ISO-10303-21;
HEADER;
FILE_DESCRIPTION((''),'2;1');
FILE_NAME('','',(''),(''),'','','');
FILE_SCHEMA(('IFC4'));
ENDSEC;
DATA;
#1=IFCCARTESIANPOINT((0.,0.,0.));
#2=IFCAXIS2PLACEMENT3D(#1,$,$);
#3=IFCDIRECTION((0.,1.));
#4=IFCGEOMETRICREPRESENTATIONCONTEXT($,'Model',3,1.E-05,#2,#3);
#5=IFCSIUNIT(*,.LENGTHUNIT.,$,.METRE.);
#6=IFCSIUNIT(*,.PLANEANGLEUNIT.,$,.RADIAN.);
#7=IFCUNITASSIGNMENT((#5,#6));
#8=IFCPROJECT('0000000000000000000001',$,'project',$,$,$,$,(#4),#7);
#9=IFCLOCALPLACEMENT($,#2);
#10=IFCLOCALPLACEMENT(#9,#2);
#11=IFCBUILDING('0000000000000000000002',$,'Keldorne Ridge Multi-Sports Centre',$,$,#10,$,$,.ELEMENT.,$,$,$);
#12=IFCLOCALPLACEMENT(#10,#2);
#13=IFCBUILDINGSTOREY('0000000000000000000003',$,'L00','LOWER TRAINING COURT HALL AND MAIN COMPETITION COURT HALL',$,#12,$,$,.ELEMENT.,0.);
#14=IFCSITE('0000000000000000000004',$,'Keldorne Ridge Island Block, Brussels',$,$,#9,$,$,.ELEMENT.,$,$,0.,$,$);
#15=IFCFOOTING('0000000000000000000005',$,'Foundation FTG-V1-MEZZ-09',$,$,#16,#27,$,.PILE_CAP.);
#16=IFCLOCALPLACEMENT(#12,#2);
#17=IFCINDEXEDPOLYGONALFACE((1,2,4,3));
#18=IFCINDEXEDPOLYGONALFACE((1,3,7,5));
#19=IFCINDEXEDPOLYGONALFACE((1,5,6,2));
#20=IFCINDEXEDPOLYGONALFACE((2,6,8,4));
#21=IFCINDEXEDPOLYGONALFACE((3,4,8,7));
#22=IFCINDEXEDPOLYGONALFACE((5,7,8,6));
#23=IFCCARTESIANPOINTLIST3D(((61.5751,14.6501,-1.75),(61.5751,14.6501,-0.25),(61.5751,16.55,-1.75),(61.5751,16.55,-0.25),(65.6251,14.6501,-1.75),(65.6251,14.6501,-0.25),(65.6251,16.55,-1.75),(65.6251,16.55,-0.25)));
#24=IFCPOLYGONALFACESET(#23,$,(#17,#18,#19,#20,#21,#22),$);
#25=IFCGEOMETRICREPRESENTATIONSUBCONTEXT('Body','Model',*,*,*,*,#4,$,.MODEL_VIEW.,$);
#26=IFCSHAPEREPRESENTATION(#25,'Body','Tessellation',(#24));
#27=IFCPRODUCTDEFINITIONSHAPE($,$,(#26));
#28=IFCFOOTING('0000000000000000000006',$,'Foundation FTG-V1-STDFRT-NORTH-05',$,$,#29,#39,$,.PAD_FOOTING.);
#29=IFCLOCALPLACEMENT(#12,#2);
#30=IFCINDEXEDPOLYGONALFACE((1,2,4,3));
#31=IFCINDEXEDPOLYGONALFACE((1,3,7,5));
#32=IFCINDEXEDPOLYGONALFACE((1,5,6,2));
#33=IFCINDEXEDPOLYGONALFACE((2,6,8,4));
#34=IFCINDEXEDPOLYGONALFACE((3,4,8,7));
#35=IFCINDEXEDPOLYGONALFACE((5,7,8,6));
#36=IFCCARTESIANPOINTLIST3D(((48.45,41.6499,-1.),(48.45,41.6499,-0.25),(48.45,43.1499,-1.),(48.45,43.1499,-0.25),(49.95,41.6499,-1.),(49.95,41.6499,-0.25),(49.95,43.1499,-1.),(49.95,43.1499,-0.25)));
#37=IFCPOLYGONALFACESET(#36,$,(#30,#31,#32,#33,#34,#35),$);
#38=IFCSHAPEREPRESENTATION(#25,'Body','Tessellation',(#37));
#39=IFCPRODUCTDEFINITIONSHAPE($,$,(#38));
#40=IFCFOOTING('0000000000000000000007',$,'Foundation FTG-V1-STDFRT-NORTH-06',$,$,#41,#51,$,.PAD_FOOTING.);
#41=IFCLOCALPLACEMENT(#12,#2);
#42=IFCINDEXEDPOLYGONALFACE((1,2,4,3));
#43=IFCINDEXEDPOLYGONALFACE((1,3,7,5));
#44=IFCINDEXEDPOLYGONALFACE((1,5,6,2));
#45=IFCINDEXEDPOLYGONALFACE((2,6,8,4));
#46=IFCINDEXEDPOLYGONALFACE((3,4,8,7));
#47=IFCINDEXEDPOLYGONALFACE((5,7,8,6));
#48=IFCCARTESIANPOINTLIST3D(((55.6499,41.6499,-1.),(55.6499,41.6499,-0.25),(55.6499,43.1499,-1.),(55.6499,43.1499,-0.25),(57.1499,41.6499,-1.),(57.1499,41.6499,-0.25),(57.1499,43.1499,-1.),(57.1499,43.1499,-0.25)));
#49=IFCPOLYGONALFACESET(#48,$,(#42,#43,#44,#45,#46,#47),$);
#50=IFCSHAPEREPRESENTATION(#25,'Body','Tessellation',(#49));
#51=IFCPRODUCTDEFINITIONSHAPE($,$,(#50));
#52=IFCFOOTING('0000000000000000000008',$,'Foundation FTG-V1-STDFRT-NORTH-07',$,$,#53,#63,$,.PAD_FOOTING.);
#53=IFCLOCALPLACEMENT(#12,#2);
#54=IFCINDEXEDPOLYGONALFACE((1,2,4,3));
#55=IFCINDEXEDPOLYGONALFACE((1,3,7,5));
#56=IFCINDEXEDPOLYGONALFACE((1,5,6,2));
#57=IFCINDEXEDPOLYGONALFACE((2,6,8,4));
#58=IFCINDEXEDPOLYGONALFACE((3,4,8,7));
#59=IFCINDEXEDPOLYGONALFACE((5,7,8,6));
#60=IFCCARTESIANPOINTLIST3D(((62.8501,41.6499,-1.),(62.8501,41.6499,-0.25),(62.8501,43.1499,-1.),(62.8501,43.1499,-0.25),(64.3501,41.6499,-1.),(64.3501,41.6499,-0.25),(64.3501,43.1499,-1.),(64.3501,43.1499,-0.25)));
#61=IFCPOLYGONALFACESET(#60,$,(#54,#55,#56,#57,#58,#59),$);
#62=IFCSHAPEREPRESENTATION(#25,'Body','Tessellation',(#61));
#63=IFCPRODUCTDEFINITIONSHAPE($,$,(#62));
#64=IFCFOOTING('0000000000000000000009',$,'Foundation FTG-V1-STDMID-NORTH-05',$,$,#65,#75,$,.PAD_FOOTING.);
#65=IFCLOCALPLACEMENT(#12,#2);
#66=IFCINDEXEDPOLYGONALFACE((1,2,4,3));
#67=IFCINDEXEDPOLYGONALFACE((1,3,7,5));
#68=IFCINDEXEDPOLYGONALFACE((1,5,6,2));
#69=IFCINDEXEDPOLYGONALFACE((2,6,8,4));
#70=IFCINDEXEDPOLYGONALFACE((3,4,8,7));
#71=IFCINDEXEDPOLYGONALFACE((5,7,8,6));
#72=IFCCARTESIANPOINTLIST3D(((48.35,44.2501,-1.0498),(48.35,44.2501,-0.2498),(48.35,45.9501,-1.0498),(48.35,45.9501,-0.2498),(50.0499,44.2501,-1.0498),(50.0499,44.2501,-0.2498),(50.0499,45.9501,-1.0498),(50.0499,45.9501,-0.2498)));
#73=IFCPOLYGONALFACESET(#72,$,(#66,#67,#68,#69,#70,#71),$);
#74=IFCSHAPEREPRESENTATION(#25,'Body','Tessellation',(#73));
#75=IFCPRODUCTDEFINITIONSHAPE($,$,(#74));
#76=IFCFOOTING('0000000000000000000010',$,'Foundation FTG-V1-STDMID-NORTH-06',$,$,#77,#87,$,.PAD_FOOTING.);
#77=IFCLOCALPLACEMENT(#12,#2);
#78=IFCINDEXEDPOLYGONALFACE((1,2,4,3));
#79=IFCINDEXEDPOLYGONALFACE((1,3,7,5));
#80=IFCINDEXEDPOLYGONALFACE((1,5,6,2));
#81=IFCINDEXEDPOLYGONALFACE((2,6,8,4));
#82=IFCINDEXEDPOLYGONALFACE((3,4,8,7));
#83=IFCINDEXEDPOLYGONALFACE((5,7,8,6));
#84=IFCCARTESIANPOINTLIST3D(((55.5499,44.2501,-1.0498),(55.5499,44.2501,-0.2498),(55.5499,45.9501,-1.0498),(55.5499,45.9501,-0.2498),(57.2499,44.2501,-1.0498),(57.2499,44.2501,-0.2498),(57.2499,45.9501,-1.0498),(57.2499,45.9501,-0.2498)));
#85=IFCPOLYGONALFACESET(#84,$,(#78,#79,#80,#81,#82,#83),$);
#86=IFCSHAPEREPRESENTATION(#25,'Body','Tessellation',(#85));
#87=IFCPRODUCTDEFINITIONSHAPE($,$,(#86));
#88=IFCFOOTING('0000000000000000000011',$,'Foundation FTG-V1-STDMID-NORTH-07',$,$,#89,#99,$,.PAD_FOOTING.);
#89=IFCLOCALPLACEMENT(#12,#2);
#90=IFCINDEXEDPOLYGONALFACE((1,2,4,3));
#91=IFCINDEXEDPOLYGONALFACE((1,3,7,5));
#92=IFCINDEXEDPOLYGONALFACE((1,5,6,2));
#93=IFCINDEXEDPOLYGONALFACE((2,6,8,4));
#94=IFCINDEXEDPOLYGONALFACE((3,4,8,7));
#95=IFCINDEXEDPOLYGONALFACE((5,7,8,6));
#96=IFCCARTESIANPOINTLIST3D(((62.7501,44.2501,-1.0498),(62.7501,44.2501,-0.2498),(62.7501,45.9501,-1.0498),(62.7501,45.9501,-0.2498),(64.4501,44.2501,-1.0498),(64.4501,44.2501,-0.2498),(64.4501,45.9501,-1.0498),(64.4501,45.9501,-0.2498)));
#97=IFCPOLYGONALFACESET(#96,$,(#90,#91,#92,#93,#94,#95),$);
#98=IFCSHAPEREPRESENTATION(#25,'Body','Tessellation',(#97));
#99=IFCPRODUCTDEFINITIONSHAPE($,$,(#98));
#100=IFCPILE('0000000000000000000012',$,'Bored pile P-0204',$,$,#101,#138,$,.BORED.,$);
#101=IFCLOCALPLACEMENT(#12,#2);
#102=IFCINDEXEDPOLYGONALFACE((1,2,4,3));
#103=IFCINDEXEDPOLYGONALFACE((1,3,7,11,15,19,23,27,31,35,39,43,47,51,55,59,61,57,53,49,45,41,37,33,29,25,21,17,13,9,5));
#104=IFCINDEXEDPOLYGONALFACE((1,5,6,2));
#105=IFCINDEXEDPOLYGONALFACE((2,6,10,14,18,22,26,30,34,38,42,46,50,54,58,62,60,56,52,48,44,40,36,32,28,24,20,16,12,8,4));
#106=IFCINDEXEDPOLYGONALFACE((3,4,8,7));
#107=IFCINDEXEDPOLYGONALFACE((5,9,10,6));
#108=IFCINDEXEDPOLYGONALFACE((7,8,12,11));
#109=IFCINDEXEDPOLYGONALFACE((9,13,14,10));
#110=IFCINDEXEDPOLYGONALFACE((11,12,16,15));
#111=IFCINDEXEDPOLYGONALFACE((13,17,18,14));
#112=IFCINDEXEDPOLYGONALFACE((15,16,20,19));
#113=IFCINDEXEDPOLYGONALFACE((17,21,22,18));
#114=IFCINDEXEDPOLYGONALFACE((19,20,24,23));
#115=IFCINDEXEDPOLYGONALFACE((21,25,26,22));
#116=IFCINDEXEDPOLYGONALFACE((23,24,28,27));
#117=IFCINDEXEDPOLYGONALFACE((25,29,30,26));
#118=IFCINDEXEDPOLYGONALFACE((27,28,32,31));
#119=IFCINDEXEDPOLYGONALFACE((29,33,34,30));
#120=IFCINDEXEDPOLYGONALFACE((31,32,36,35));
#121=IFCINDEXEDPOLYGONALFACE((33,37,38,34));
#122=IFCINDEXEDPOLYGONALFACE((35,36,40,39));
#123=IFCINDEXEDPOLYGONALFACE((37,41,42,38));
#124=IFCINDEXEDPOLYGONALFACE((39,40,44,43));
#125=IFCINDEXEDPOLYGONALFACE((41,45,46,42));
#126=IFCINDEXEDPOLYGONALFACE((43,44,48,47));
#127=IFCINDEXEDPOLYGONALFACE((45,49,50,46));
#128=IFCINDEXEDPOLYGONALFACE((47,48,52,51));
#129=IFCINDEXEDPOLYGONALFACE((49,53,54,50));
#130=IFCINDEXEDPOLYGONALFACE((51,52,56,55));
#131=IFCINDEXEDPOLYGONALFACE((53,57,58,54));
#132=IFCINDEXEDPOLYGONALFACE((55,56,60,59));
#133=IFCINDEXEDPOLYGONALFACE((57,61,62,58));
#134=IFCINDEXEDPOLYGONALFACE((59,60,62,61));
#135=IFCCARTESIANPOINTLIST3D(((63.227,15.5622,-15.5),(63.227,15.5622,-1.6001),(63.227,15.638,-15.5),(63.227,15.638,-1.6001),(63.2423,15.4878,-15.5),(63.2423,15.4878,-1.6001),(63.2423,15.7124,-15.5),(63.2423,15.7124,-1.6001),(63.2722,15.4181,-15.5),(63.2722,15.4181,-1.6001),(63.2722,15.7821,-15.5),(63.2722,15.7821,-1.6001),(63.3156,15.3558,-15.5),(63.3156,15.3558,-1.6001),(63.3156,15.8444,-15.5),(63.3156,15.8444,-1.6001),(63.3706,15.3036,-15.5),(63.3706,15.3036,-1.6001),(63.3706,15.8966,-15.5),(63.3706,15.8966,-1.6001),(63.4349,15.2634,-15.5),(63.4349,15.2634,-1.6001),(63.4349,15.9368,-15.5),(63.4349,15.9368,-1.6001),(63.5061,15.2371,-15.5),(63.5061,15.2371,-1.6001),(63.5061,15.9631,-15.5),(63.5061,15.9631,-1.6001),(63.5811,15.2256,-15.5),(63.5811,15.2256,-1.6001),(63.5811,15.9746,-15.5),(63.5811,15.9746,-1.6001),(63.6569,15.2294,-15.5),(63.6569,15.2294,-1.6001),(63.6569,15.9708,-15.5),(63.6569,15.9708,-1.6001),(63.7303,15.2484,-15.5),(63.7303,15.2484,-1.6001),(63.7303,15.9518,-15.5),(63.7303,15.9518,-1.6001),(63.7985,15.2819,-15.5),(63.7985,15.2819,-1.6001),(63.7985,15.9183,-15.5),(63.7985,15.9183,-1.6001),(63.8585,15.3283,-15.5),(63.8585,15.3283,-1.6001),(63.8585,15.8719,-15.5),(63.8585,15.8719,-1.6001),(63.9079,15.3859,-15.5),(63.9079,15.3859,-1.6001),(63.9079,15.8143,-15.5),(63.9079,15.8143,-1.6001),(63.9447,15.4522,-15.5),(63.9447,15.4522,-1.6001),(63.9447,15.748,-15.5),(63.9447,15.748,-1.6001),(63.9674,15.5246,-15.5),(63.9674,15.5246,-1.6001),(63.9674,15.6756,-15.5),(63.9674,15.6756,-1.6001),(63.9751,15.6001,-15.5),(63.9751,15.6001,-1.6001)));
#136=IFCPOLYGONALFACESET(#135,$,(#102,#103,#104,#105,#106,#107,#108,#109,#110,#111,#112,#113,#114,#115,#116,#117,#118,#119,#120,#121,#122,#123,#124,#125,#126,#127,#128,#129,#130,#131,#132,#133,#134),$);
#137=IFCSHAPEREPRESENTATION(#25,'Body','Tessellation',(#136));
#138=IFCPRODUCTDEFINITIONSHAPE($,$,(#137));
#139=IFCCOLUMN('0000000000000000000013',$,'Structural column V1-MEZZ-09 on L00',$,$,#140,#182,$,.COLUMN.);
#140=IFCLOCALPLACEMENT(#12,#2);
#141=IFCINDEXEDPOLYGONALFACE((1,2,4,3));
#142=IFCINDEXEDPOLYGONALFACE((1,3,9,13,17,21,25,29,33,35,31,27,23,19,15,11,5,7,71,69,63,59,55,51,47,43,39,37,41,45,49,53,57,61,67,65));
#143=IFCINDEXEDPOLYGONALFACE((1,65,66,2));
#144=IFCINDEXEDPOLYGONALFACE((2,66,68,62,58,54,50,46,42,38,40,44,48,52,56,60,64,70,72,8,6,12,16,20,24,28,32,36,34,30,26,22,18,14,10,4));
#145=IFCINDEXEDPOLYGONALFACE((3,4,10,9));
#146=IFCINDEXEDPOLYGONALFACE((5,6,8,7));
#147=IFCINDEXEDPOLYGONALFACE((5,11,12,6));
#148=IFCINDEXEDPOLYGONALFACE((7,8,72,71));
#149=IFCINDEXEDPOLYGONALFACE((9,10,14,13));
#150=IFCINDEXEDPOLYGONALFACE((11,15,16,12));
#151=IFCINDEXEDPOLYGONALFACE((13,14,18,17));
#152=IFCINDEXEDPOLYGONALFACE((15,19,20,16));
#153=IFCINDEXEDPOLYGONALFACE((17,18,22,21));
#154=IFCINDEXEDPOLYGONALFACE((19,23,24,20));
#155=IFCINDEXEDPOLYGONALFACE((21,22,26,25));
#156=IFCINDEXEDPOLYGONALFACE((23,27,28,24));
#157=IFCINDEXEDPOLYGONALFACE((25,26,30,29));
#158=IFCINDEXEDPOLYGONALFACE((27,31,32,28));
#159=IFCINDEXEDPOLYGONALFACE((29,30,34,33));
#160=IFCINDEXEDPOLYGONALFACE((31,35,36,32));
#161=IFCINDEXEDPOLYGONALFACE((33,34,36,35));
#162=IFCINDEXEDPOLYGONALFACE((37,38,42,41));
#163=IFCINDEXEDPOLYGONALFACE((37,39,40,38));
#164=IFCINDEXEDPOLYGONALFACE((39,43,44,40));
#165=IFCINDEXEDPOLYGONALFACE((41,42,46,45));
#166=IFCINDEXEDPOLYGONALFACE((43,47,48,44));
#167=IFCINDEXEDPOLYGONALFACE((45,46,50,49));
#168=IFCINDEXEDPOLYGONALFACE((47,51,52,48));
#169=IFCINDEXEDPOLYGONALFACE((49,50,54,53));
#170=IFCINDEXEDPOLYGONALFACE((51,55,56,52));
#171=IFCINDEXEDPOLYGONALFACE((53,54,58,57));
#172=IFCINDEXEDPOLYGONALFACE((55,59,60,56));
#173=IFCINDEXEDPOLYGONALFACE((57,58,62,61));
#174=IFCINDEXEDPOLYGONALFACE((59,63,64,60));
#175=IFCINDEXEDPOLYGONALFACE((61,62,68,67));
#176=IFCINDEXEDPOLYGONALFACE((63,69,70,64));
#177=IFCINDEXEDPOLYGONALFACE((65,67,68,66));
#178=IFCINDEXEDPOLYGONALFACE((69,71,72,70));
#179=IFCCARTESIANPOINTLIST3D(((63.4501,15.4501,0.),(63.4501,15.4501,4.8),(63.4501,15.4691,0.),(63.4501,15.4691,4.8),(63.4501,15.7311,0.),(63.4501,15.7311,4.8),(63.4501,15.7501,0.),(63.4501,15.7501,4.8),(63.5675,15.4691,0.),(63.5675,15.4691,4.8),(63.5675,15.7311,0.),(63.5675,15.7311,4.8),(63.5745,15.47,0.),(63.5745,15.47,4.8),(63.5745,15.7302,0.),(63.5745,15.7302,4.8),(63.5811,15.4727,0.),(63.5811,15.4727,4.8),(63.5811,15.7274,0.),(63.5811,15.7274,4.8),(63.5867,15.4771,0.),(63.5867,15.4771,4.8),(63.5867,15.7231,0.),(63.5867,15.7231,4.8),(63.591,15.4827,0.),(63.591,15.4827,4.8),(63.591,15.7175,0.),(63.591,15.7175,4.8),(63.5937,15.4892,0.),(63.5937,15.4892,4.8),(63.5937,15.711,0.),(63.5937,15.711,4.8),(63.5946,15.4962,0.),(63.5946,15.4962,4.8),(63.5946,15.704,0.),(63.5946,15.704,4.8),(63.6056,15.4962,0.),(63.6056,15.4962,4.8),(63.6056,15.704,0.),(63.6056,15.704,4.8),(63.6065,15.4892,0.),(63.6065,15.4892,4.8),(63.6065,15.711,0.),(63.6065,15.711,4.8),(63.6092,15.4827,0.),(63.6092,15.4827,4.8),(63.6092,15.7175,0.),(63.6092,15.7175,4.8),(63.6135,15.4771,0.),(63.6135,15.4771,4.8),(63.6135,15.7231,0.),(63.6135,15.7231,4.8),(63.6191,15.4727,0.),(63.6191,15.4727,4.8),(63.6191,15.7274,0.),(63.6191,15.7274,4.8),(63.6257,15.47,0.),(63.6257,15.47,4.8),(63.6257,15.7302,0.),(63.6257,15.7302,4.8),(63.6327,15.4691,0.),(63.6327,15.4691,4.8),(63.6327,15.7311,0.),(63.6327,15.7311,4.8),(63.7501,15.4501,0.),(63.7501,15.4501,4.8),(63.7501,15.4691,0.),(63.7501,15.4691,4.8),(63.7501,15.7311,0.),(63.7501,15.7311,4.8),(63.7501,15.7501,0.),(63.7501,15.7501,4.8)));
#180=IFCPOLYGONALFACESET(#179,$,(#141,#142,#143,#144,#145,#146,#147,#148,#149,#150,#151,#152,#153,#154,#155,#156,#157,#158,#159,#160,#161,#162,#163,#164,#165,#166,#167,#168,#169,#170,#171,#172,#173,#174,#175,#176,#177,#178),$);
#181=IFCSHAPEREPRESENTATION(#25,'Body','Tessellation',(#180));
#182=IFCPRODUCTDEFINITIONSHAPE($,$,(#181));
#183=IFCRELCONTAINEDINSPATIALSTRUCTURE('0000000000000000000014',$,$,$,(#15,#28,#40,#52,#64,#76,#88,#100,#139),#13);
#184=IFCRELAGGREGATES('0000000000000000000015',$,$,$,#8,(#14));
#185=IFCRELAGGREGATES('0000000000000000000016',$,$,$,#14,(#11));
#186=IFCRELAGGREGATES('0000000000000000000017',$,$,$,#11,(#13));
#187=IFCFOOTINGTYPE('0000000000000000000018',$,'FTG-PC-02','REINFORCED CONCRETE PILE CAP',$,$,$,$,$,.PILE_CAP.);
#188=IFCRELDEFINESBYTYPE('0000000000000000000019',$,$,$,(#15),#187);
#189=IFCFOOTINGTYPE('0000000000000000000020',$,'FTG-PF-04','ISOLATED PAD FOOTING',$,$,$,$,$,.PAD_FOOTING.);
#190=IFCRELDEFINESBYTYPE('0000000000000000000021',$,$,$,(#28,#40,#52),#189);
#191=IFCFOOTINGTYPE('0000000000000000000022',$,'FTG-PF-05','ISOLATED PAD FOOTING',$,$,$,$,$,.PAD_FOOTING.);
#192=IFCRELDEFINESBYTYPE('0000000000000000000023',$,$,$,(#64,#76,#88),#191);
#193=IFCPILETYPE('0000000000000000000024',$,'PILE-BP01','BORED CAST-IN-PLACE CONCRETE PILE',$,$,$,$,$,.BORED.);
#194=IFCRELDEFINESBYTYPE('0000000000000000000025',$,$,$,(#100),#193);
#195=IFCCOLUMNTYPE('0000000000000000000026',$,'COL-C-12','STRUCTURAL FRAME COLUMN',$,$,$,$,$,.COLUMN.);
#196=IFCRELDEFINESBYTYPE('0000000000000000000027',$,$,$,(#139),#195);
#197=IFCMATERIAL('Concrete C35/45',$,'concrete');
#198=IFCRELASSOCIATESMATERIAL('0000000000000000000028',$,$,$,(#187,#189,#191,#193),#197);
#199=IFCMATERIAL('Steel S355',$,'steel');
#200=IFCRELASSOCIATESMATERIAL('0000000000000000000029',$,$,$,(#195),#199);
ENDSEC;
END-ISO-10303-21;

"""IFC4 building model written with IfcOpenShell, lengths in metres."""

from ifc_helpers import new_model, si_unit, direction, frame, origin, origin_2d, place, context, subcontext, project, spatial, rectangle, circle, i_section, extrude, material, material_profile, profile_set, type_object, element, save


model = new_model("IFC4")

# Units and contexts
model_context = context("Model", 3, precision=1e-05, world=origin(), true_north=direction((0.0, 1.0)))
body_context = subcontext(model_context, "Body", "Model", "MODEL_VIEW")
ifc_project = project(units=[si_unit("LENGTHUNIT", "METRE"), si_unit("PLANEANGLEUNIT", "RADIAN")], contexts=[model_context])

# Site, building, storey
site_placement = place(None, origin())
site = spatial("IfcSite", under=ifc_project, at=site_placement, Name="Keldorne Ridge Island Block, Brussels", CompositionType="ELEMENT", RefElevation=0.0)
building_placement = place(site_placement, origin())
building = spatial("IfcBuilding", under=site, at=building_placement, Name="Keldorne Ridge Multi-Sports Centre", CompositionType="ELEMENT")
storey_placement = place(building_placement, origin())
storey = spatial("IfcBuildingStorey", under=building, at=storey_placement, Name="L00", Description="LOWER TRAINING COURT HALL AND MAIN COMPETITION COURT HALL", CompositionType="ELEMENT", Elevation=0.0)

# Footings
ifc_material_1 = material(Name="Concrete C35/45", Category="concrete")
footing_type_1 = type_object("IfcFootingType", Name="FTG-PC-02", Description="REINFORCED CONCRETE PILE CAP", PredefinedType="PILE_CAP", material=ifc_material_1)
footing_placement = place(storey_placement, frame((63.6001, 15.6001, -1.75), z_axis=(0.0, 0.0, 1.0), x_axis=(1.0, 0.0, 0.0)))
element("IfcFooting", 1, at=footing_placement, inside=storey, type_object=footing_type_1, Name="Foundation FTG-V1-MEZZ-09", PredefinedType="PILE_CAP", context=body_context, shape_type="SweptSolid", body=[
    extrude(rectangle(XDim=4.05, YDim=1.8999, at=origin_2d()), origin(), (0.0, 0.0, 1.0), 1.5),
])
footing_type_2 = type_object("IfcFootingType", Name="FTG-PF-04", Description="ISOLATED PAD FOOTING", PredefinedType="PAD_FOOTING", material=ifc_material_1)
for number, where, z_axis, x_axis, name in (
    (2, (49.2, 42.3999, -1.0), (0.0, 0.0, 1.0), (1.0, 0.0, 0.0), "Foundation FTG-V1-STDFRT-NORTH-05"),
    (3, (56.3999, 42.3999, -1.0), (0.0, 0.0, 1.0), (1.0, 0.0, 0.0), "Foundation FTG-V1-STDFRT-NORTH-06"),
    (4, (63.6001, 42.3999, -1.0), (0.0, 0.0, 1.0), (1.0, 0.0, 0.0), "Foundation FTG-V1-STDFRT-NORTH-07"),
):
    element("IfcFooting", number, at=place(storey_placement, frame(where, z_axis=z_axis, x_axis=x_axis)), inside=storey, type_object=footing_type_2, Name=name, PredefinedType="PAD_FOOTING", context=body_context, shape_type="SweptSolid", body=[
        extrude(rectangle(XDim=1.5, YDim=1.5, at=origin_2d()), origin(), (0.0, 0.0, 1.0), 0.75),
    ])
footing_type_3 = type_object("IfcFootingType", Name="FTG-PF-05", Description="ISOLATED PAD FOOTING", PredefinedType="PAD_FOOTING", material=ifc_material_1)
for number, where, z_axis, x_axis, name in (
    (5, (49.2, 45.1001, -1.0498), (0.0, 0.0, 1.0), (1.0, 0.0, 0.0), "Foundation FTG-V1-STDMID-NORTH-05"),
    (6, (56.3999, 45.1001, -1.0498), (0.0, 0.0, 1.0), (1.0, 0.0, 0.0), "Foundation FTG-V1-STDMID-NORTH-06"),
    (7, (63.6001, 45.1001, -1.0498), (0.0, 0.0, 1.0), (1.0, 0.0, 0.0), "Foundation FTG-V1-STDMID-NORTH-07"),
):
    element("IfcFooting", number, at=place(storey_placement, frame(where, z_axis=z_axis, x_axis=x_axis)), inside=storey, type_object=footing_type_3, Name=name, PredefinedType="PAD_FOOTING", context=body_context, shape_type="SweptSolid", body=[
        extrude(rectangle(XDim=1.7, YDim=1.7, at=origin_2d()), origin(), (0.0, 0.0, 1.0), 0.8),
    ])

# Pile
ifc_material_profile_1 = material_profile(ifc_material_1, circle(Radius=0.375, at=origin_2d()), Name="BORED PILE D750")
ifc_profile_set_1 = profile_set([ifc_material_profile_1], Name="Concrete C35/45")
pile_type = type_object("IfcPileType", Name="PILE-BP01", Description="BORED CAST-IN-PLACE CONCRETE PILE", PredefinedType="BORED", material=ifc_profile_set_1)
pile_placement = place(storey_placement, frame((63.6001, 15.6001, -1.6001), z_axis=(0.0, 0.0, -1.0), x_axis=(1.0, 0.0, 0.0)))
element("IfcPile", 8, at=pile_placement, inside=storey, type_object=pile_type, Name="Bored pile P-0204", PredefinedType="BORED", context=body_context, shape_type="SweptSolid", body=[
    extrude(circle(Radius=0.375, at=origin_2d()), origin(), (0.0, 0.0, 1.0), 13.8999),
])

# Column
ifc_material_2 = material(Name="Steel S355", Category="steel")
ifc_material_profile_2 = material_profile(ifc_material_2, i_section(OverallWidth=0.3, OverallDepth=0.3, WebThickness=0.011, FlangeThickness=0.019, FilletRadius=0.0271, at=origin_2d()), Name="HEB 300")
ifc_profile_set_2 = profile_set([ifc_material_profile_2], Name="Steel S355")
column_type_1 = type_object("IfcColumnType", Name="COL-C-12", Description="STRUCTURAL FRAME COLUMN", PredefinedType="COLUMN", material=ifc_profile_set_2)
column_1_placement = place(storey_placement, frame((63.6001, 15.6001, 0.0), z_axis=(0.0, 0.0, 1.0), x_axis=(1.0, 0.0, 0.0)))
element("IfcColumn", 9, at=column_1_placement, inside=storey, type_object=column_type_1, Name="Structural column V1-MEZZ-09 on L00", PredefinedType="COLUMN", context=body_context, shape_type="SweptSolid", body=[
    extrude(i_section(OverallWidth=0.3, OverallDepth=0.3, WebThickness=0.011, FlangeThickness=0.019, FilletRadius=0.0271, at=origin_2d()), origin(), (0.0, 0.0, 1.0), 4.8),
])

save(model, "model.ifc")
